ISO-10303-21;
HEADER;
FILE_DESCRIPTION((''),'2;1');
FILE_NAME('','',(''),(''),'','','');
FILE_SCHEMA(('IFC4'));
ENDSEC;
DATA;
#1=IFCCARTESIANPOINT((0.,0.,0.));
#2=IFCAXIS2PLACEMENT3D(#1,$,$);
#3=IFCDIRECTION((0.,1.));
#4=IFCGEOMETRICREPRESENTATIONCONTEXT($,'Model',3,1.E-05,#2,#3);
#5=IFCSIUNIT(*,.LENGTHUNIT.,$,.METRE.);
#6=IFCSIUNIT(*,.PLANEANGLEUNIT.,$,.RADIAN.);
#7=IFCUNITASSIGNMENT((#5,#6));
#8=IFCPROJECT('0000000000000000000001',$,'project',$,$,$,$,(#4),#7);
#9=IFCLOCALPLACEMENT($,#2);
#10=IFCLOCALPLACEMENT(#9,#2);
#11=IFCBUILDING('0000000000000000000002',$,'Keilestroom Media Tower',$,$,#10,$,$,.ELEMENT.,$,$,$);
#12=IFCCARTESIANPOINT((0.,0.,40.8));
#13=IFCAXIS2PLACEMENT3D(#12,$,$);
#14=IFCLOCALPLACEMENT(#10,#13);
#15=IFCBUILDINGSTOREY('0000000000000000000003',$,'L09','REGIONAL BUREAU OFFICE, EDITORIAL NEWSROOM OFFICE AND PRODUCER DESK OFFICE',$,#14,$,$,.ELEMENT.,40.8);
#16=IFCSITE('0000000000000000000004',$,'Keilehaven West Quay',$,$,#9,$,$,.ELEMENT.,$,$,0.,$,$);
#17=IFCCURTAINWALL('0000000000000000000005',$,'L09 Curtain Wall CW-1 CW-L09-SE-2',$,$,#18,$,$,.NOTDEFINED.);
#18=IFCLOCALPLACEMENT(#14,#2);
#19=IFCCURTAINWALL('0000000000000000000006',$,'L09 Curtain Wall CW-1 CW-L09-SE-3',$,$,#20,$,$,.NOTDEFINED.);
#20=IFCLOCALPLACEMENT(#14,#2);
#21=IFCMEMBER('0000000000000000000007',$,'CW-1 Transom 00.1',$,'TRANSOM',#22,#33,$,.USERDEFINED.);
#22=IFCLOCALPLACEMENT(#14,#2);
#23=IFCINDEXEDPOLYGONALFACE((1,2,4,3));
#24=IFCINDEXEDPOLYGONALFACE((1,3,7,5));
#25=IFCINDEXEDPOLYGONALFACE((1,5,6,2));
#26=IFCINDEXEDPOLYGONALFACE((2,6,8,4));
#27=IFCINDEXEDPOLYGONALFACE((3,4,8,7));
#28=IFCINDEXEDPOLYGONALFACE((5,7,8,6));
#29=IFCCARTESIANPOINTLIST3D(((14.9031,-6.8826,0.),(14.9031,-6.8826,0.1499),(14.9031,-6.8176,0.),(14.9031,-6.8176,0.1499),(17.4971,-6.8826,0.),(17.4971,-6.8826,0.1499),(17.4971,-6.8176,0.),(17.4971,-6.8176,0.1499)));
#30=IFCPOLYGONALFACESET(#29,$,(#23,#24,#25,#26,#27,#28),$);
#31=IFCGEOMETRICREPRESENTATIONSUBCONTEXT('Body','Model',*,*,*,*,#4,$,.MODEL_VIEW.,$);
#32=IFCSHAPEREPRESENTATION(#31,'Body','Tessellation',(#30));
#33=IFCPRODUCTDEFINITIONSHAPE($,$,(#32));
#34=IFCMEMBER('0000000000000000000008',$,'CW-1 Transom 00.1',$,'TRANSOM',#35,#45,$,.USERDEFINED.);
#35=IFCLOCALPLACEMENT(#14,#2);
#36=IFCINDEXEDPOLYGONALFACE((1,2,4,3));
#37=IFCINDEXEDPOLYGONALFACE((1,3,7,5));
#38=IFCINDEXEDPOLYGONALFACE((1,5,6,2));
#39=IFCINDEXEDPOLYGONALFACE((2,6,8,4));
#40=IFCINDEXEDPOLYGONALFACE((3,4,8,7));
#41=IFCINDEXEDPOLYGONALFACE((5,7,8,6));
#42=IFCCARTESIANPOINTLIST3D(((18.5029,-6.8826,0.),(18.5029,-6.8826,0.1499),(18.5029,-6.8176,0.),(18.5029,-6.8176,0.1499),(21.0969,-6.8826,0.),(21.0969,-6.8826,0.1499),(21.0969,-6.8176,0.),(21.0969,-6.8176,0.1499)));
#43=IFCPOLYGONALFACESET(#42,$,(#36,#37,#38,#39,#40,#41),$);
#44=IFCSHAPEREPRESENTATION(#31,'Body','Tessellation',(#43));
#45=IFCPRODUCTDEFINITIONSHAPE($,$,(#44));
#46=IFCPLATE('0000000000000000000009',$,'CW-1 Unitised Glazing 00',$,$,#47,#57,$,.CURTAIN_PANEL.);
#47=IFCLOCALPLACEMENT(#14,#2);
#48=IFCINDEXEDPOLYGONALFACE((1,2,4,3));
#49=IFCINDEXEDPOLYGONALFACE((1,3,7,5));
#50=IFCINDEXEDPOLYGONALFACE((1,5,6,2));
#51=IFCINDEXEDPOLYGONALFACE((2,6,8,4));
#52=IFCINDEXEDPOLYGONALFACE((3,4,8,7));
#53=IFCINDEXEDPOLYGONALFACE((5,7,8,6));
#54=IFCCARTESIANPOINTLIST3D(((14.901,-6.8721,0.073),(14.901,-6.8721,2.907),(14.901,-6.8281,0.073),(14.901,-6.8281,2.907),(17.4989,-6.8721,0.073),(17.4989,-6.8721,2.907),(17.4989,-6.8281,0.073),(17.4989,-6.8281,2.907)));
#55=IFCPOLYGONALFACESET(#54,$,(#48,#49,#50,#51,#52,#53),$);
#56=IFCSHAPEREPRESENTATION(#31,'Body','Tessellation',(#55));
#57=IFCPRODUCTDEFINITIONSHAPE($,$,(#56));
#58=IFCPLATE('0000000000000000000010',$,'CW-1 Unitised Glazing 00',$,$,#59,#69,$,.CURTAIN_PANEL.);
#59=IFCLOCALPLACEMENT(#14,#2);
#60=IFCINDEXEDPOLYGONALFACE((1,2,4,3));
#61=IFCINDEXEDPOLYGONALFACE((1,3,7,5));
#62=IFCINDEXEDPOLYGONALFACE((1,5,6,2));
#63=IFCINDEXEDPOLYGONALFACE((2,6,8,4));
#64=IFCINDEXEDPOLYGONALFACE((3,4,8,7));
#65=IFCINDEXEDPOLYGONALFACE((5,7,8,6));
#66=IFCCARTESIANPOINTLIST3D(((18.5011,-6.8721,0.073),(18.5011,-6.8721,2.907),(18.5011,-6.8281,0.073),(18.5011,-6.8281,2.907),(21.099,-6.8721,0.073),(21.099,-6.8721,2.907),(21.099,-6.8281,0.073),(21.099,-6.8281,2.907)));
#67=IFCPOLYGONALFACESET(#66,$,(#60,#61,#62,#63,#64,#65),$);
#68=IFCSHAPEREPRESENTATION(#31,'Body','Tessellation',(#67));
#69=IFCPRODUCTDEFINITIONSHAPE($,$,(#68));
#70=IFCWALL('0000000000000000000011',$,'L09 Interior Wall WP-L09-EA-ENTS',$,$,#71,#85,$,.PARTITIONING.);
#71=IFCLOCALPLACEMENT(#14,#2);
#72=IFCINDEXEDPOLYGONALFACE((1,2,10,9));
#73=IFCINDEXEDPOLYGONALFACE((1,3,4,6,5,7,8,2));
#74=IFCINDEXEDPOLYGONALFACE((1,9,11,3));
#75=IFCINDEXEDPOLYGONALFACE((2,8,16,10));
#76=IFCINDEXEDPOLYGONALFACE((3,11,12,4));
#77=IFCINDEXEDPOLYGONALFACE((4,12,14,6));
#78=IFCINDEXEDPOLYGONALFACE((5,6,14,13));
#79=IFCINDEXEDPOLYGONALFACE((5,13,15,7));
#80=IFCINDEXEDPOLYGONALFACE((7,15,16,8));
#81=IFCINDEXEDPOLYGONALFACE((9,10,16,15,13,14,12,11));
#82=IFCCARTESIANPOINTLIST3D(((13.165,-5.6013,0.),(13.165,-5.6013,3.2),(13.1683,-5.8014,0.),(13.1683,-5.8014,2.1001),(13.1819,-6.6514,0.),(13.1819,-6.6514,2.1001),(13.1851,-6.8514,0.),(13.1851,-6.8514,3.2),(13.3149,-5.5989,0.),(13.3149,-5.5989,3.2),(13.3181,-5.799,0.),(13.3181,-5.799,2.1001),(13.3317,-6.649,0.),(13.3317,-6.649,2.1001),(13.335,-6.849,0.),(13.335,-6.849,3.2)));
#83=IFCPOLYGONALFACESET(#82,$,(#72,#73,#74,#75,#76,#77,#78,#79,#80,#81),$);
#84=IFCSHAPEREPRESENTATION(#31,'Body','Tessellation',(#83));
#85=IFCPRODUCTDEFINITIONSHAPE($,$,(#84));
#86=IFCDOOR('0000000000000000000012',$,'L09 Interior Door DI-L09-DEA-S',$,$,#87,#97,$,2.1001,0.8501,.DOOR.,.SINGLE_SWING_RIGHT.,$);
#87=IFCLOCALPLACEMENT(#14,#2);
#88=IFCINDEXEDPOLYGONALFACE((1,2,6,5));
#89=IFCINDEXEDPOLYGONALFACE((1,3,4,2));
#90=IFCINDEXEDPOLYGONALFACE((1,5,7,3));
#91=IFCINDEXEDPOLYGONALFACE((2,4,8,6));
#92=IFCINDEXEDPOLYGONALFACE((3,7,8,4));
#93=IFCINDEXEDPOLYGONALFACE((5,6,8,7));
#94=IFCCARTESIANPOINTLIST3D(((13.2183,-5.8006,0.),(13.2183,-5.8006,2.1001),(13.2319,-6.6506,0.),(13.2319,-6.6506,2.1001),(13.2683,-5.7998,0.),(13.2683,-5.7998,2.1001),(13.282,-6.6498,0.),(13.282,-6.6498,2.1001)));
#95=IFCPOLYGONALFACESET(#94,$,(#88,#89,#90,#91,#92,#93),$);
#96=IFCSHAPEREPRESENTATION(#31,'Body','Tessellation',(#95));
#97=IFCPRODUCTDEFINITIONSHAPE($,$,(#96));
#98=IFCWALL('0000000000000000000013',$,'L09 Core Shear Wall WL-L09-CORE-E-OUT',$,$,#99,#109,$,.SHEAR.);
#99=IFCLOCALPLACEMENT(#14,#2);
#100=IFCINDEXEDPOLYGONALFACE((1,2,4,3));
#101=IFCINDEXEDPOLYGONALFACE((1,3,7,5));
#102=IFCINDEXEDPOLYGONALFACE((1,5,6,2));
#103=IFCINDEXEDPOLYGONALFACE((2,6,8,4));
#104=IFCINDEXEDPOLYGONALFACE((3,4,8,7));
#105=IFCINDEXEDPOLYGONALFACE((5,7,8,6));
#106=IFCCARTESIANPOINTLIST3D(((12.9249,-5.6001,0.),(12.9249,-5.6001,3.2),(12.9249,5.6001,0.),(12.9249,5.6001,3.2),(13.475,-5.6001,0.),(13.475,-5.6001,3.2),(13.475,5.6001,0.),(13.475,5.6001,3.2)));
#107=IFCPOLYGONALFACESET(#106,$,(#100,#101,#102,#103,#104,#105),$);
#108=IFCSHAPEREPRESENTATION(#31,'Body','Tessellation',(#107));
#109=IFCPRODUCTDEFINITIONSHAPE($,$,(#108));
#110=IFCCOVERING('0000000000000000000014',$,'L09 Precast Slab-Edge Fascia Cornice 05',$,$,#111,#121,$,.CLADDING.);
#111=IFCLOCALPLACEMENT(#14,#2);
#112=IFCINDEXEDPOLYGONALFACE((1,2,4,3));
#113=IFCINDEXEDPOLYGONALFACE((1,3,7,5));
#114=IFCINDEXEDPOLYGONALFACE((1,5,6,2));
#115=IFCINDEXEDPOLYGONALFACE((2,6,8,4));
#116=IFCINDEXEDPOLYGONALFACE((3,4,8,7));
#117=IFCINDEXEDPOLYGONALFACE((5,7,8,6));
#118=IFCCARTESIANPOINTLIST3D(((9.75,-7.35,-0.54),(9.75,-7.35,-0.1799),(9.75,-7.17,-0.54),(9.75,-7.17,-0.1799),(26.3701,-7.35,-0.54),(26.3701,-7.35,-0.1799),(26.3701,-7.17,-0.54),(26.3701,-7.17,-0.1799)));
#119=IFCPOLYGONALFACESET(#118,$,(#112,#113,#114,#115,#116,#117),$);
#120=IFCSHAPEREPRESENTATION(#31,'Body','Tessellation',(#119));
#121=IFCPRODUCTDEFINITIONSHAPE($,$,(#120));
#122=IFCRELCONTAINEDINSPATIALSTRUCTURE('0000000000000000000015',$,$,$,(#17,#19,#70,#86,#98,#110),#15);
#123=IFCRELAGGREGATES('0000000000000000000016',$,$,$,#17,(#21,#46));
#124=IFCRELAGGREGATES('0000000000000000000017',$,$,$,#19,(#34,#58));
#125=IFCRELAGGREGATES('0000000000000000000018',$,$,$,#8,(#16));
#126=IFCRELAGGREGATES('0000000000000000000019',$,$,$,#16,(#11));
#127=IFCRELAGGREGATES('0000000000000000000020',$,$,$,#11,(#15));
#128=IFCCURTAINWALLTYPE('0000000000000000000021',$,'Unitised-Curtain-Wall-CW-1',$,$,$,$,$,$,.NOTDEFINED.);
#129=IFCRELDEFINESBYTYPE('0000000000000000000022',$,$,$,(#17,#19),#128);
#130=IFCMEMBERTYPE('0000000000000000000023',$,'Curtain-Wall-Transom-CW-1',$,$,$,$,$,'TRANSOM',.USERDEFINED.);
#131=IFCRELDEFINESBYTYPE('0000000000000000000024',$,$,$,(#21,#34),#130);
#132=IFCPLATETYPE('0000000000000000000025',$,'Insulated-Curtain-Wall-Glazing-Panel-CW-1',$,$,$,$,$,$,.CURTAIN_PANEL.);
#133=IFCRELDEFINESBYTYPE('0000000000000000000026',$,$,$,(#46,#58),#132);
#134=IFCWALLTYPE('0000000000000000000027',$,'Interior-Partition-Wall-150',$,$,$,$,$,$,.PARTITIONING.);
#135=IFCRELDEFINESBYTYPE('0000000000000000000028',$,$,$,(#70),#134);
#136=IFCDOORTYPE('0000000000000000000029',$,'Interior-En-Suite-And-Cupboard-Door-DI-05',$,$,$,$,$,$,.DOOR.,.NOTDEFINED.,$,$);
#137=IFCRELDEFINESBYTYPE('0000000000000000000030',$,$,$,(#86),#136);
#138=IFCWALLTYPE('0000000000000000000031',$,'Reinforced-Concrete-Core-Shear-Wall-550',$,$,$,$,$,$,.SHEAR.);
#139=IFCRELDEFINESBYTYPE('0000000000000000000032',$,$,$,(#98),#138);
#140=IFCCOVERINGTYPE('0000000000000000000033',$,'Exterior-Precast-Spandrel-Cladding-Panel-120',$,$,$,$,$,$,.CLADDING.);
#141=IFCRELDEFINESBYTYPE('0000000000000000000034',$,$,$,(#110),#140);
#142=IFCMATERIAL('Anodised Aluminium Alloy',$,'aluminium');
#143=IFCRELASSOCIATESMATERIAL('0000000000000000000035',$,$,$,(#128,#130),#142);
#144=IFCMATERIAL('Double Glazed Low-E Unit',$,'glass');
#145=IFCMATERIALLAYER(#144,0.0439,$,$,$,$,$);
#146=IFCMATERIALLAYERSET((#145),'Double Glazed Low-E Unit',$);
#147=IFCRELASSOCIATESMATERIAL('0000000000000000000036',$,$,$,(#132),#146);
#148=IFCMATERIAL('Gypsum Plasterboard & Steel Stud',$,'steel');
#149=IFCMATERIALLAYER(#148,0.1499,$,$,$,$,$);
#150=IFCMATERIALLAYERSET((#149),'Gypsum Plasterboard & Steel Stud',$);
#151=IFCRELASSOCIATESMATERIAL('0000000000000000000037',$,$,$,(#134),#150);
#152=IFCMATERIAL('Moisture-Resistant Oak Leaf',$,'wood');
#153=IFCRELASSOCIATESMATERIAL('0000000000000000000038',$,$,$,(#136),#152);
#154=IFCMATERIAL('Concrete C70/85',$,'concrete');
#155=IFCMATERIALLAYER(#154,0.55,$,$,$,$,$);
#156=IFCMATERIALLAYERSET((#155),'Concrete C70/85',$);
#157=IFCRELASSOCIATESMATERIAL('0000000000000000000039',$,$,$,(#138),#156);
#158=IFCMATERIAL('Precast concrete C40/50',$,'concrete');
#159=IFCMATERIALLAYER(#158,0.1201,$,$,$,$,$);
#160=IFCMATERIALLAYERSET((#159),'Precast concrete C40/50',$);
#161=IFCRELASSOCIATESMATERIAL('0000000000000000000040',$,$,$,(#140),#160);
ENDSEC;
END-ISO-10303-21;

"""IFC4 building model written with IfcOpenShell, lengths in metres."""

from ifc_helpers import new_model, si_unit, direction, frame, frame_2d, origin, origin_2d, place, context, subcontext, project, spatial, rectangle, extrude, source, transform, mapped, material, layer, layer_set, material_profile, profile_set, type_object, element, fill, aggregate, save


model = new_model("IFC4")

# Units and contexts
model_context = context("Model", 3, precision=1e-05, world=origin(), true_north=direction((0.0, 1.0)))
body_context = subcontext(model_context, "Body", "Model", "MODEL_VIEW")
ifc_project = project(units=[si_unit("LENGTHUNIT", "METRE"), si_unit("PLANEANGLEUNIT", "RADIAN")], contexts=[model_context])

# Site, building, storey
site_placement = place(None, origin())
site = spatial("IfcSite", under=ifc_project, at=site_placement, Name="Keilehaven West Quay", CompositionType="ELEMENT", RefElevation=0.0)
building_placement = place(site_placement, origin())
building = spatial("IfcBuilding", under=site, at=building_placement, Name="Keilestroom Media Tower", CompositionType="ELEMENT")
storey_placement = place(building_placement, frame((0.0, 0.0, 40.8)))
storey = spatial("IfcBuildingStorey", under=building, at=storey_placement, Name="L09", Description="REGIONAL BUREAU OFFICE, EDITORIAL NEWSROOM OFFICE AND PRODUCER DESK OFFICE", CompositionType="ELEMENT", Elevation=40.8)

# Shared definitions
ifc_material_1 = material(Name="Precast concrete C40/50", Category="concrete")

# Shared definitions
ifc_material_2 = material(Name="Anodised Aluminium Alloy", Category="aluminium")
curtain_wall_type = type_object("IfcCurtainWallType", Name="Unitised-Curtain-Wall-CW-1", PredefinedType="NOTDEFINED", material=ifc_material_2)

# Curtain walls
curtain_wall_1_placement = place(storey_placement, origin())
curtain_wall_1 = element("IfcCurtainWall", 1, at=curtain_wall_1_placement, inside=storey, type_object=curtain_wall_type, Name="L09 Curtain Wall CW-1 CW-L09-SE-2", PredefinedType="NOTDEFINED")
curtain_wall_2_placement = place(storey_placement, origin())
curtain_wall_2 = element("IfcCurtainWall", 2, at=curtain_wall_2_placement, inside=storey, type_object=curtain_wall_type, Name="L09 Curtain Wall CW-1 CW-L09-SE-3", PredefinedType="NOTDEFINED")

# Members
ifc_material_profile_1 = material_profile(ifc_material_2, rectangle(XDim=0.0649, YDim=0.1499, at=origin_2d()), Name="ALU TRANSOM 65x150")
ifc_profile_set_1 = profile_set([ifc_material_profile_1], Name="Anodised Aluminium Alloy")
member_type_1 = type_object("IfcMemberType", Name="Curtain-Wall-Transom-CW-1", ElementType="TRANSOM", PredefinedType="USERDEFINED", material=ifc_profile_set_1)
shared_shape_1 = source(origin(), body_context, "Body", "SweptSolid", [
    extrude(rectangle(XDim=0.0649, YDim=0.1499, at=origin_2d()), origin(), (0.0, 0.0, 1.0), 2.594),
])
member_1_placement = place(storey_placement, frame((14.9031, -6.8501, 0.075), z_axis=(1.0, 0.0, 0.0), x_axis=(0.0, 1.0, 0.0)))
member_1 = element("IfcMember", 3, at=member_1_placement, type_object=member_type_1, Name="CW-1 Transom 00.1", ObjectType="TRANSOM", PredefinedType="USERDEFINED", context=body_context, shape_type="MappedRepresentation", body=[
    mapped(shared_shape_1, transform((0.0, 0.0, 0.0), x_axis=(1.0, 0.0, 0.0), y_axis=(0.0, 1.0, 0.0), z_axis=(0.0, 0.0, 1.0), scale=1.0)),
])
member_2_placement = place(storey_placement, frame((18.5029, -6.8501, 0.075), z_axis=(1.0, 0.0, 0.0), x_axis=(0.0, 1.0, 0.0)))
member_2 = element("IfcMember", 4, at=member_2_placement, type_object=member_type_1, Name="CW-1 Transom 00.1", ObjectType="TRANSOM", PredefinedType="USERDEFINED", context=body_context, shape_type="MappedRepresentation", body=[
    mapped(shared_shape_1, transform((0.0, 0.0, 0.0), x_axis=(1.0, 0.0, 0.0), y_axis=(0.0, 1.0, 0.0), z_axis=(0.0, 0.0, 1.0), scale=1.0)),
])

# Plates
ifc_material_3 = material(Name="Double Glazed Low-E Unit", Category="glass")
ifc_layer_1 = layer(ifc_material_3, 0.0439)
ifc_layer_set_1 = layer_set([ifc_layer_1], Name="Double Glazed Low-E Unit")
plate_type = type_object("IfcPlateType", Name="Insulated-Curtain-Wall-Glazing-Panel-CW-1", PredefinedType="CURTAIN_PANEL", material=ifc_layer_set_1)
shared_shape_2 = source(origin(), body_context, "Body", "SweptSolid", [
    extrude(rectangle(XDim=2.5979, YDim=0.0439, at=origin_2d()), origin(), (0.0, 0.0, 1.0), 2.834),
])
plate_1_placement = place(storey_placement, frame((16.2, -6.8501, 0.073), z_axis=(0.0, 0.0, 1.0), x_axis=(1.0, 0.0, 0.0)))
plate_1 = element("IfcPlate", 5, at=plate_1_placement, type_object=plate_type, Name="CW-1 Unitised Glazing 00", PredefinedType="CURTAIN_PANEL", context=body_context, shape_type="MappedRepresentation", body=[
    mapped(shared_shape_2, transform((0.0, 0.0, 0.0), x_axis=(1.0, 0.0, 0.0), y_axis=(0.0, 1.0, 0.0), z_axis=(0.0, 0.0, 1.0), scale=1.0)),
])
aggregate(curtain_wall_1, [member_1, plate_1])
plate_2_placement = place(storey_placement, frame((19.8, -6.8501, 0.073), z_axis=(0.0, 0.0, 1.0), x_axis=(1.0, 0.0, 0.0)))
plate_2 = element("IfcPlate", 6, at=plate_2_placement, type_object=plate_type, Name="CW-1 Unitised Glazing 00", PredefinedType="CURTAIN_PANEL", context=body_context, shape_type="MappedRepresentation", body=[
    mapped(shared_shape_2, transform((0.0, 0.0, 0.0), x_axis=(1.0, 0.0, 0.0), y_axis=(0.0, 1.0, 0.0), z_axis=(0.0, 0.0, 1.0), scale=1.0)),
])
aggregate(curtain_wall_2, [member_2, plate_2])

# Wall, opening, door
ifc_material_4 = material(Name="Gypsum Plasterboard & Steel Stud", Category="steel")
ifc_layer_2 = layer(ifc_material_4, 0.1499)
ifc_layer_set_2 = layer_set([ifc_layer_2], Name="Gypsum Plasterboard & Steel Stud")
wall_type_1 = type_object("IfcWallType", Name="Interior-Partition-Wall-150", PredefinedType="PARTITIONING", material=ifc_layer_set_2)
wall_1_placement = place(storey_placement, frame((13.26, -6.8501, 0.0), z_axis=(0.0, 0.0, 1.0), x_axis=(-0.016014, 0.999872, 0.0)))
wall_1 = element("IfcWall", 7, at=wall_1_placement, inside=storey, type_object=wall_type_1, Name="L09 Interior Wall WP-L09-EA-ENTS", PredefinedType="PARTITIONING", context=body_context, shape_type="SweptSolid", body=[
    extrude(rectangle(XDim=1.2502, YDim=0.1499, at=frame_2d((0.625, 0.0))), origin(), (0.0, 0.0, 1.0), 3.2),
])
opening_placement = place(wall_1_placement, frame((0.2, 0.0, 0.0)))
opening = element("IfcOpeningElement", 8, at=opening_placement, cuts=wall_1, PredefinedType="OPENING", context=body_context, shape_type="SweptSolid", body=[
    extrude(rectangle(XDim=0.8501, YDim=2.1001, at=frame_2d((0.425, 1.05))), frame((0.0, 0.085, 0.0), z_axis=(0.0, -1.0, 0.0), x_axis=(1.0, 0.0, 0.0)), (0.0, 0.0, 1.0), 0.1699),
])
ifc_material_5 = material(Name="Moisture-Resistant Oak Leaf", Category="wood")
door_type = type_object("IfcDoorType", Name="Interior-En-Suite-And-Cupboard-Door-DI-05", OperationType="NOTDEFINED", PredefinedType="DOOR", material=ifc_material_5)
shared_shape_3 = source(origin(), body_context, "Body", "SweptSolid", [
    extrude(rectangle(XDim=0.8501, YDim=2.1001, at=frame_2d((0.425, 1.05))), frame((0.0, 0.0249, 0.0), z_axis=(0.0, -1.0, 0.0), x_axis=(1.0, 0.0, 0.0)), (0.0, 0.0, 1.0), 0.05),
])
door_placement = place(opening_placement, origin())
door = element("IfcDoor", 9, at=door_placement, inside=storey, type_object=door_type, Name="L09 Interior Door DI-L09-DEA-S", OperationType="SINGLE_SWING_RIGHT", OverallHeight=2.1001, OverallWidth=0.8501, PredefinedType="DOOR", context=body_context, shape_type="MappedRepresentation", body=[
    mapped(shared_shape_3, transform((0.0, 0.0, 0.0), x_axis=(1.0, 0.0, 0.0), y_axis=(0.0, 1.0, 0.0), z_axis=(0.0, 0.0, 1.0), scale=1.0)),
])
fill(opening, door)

# Wall
ifc_material_6 = material(Name="Concrete C70/85", Category="concrete")
ifc_layer_3 = layer(ifc_material_6, 0.55)
ifc_layer_set_3 = layer_set([ifc_layer_3], Name="Concrete C70/85")
wall_type_2 = type_object("IfcWallType", Name="Reinforced-Concrete-Core-Shear-Wall-550", PredefinedType="SHEAR", material=ifc_layer_set_3)
wall_2_placement = place(storey_placement, frame((13.2, -5.6001, 0.0), z_axis=(0.0, 0.0, 1.0), x_axis=(0.0, 1.0, 0.0)))
element("IfcWall", 10, at=wall_2_placement, inside=storey, type_object=wall_type_2, Name="L09 Core Shear Wall WL-L09-CORE-E-OUT", PredefinedType="SHEAR", context=body_context, shape_type="SweptSolid", body=[
    extrude(rectangle(XDim=11.2002, YDim=0.55, at=frame_2d((5.6001, 0.0))), origin(), (0.0, 0.0, 1.0), 3.2),
])

# Covering
ifc_layer_4 = layer(ifc_material_1, 0.1201)
ifc_layer_set_4 = layer_set([ifc_layer_4], Name="Precast concrete C40/50")
covering_type = type_object("IfcCoveringType", Name="Exterior-Precast-Spandrel-Cladding-Panel-120", PredefinedType="CLADDING", material=ifc_layer_set_4)
shared_shape_4 = source(origin(), body_context, "Body", "SweptSolid", [
    extrude(rectangle(XDim=16.6201, YDim=0.1799, at=origin_2d()), origin(), (0.0, 0.0, 1.0), 0.3601),
])
covering_placement = place(storey_placement, frame((18.0601, -7.26, -0.54), z_axis=(0.0, 0.0, 1.0), x_axis=(-1.0, 0.0, 0.0)))
element("IfcCovering", 11, at=covering_placement, inside=storey, type_object=covering_type, Name="L09 Precast Slab-Edge Fascia Cornice 05", PredefinedType="CLADDING", context=body_context, shape_type="MappedRepresentation", body=[
    mapped(shared_shape_4, transform((0.0, 0.0, 0.0), x_axis=(1.0, 0.0, 0.0), y_axis=(0.0, 1.0, 0.0), z_axis=(0.0, 0.0, 1.0), scale=1.0)),
])

save(model, "model.ifc")
